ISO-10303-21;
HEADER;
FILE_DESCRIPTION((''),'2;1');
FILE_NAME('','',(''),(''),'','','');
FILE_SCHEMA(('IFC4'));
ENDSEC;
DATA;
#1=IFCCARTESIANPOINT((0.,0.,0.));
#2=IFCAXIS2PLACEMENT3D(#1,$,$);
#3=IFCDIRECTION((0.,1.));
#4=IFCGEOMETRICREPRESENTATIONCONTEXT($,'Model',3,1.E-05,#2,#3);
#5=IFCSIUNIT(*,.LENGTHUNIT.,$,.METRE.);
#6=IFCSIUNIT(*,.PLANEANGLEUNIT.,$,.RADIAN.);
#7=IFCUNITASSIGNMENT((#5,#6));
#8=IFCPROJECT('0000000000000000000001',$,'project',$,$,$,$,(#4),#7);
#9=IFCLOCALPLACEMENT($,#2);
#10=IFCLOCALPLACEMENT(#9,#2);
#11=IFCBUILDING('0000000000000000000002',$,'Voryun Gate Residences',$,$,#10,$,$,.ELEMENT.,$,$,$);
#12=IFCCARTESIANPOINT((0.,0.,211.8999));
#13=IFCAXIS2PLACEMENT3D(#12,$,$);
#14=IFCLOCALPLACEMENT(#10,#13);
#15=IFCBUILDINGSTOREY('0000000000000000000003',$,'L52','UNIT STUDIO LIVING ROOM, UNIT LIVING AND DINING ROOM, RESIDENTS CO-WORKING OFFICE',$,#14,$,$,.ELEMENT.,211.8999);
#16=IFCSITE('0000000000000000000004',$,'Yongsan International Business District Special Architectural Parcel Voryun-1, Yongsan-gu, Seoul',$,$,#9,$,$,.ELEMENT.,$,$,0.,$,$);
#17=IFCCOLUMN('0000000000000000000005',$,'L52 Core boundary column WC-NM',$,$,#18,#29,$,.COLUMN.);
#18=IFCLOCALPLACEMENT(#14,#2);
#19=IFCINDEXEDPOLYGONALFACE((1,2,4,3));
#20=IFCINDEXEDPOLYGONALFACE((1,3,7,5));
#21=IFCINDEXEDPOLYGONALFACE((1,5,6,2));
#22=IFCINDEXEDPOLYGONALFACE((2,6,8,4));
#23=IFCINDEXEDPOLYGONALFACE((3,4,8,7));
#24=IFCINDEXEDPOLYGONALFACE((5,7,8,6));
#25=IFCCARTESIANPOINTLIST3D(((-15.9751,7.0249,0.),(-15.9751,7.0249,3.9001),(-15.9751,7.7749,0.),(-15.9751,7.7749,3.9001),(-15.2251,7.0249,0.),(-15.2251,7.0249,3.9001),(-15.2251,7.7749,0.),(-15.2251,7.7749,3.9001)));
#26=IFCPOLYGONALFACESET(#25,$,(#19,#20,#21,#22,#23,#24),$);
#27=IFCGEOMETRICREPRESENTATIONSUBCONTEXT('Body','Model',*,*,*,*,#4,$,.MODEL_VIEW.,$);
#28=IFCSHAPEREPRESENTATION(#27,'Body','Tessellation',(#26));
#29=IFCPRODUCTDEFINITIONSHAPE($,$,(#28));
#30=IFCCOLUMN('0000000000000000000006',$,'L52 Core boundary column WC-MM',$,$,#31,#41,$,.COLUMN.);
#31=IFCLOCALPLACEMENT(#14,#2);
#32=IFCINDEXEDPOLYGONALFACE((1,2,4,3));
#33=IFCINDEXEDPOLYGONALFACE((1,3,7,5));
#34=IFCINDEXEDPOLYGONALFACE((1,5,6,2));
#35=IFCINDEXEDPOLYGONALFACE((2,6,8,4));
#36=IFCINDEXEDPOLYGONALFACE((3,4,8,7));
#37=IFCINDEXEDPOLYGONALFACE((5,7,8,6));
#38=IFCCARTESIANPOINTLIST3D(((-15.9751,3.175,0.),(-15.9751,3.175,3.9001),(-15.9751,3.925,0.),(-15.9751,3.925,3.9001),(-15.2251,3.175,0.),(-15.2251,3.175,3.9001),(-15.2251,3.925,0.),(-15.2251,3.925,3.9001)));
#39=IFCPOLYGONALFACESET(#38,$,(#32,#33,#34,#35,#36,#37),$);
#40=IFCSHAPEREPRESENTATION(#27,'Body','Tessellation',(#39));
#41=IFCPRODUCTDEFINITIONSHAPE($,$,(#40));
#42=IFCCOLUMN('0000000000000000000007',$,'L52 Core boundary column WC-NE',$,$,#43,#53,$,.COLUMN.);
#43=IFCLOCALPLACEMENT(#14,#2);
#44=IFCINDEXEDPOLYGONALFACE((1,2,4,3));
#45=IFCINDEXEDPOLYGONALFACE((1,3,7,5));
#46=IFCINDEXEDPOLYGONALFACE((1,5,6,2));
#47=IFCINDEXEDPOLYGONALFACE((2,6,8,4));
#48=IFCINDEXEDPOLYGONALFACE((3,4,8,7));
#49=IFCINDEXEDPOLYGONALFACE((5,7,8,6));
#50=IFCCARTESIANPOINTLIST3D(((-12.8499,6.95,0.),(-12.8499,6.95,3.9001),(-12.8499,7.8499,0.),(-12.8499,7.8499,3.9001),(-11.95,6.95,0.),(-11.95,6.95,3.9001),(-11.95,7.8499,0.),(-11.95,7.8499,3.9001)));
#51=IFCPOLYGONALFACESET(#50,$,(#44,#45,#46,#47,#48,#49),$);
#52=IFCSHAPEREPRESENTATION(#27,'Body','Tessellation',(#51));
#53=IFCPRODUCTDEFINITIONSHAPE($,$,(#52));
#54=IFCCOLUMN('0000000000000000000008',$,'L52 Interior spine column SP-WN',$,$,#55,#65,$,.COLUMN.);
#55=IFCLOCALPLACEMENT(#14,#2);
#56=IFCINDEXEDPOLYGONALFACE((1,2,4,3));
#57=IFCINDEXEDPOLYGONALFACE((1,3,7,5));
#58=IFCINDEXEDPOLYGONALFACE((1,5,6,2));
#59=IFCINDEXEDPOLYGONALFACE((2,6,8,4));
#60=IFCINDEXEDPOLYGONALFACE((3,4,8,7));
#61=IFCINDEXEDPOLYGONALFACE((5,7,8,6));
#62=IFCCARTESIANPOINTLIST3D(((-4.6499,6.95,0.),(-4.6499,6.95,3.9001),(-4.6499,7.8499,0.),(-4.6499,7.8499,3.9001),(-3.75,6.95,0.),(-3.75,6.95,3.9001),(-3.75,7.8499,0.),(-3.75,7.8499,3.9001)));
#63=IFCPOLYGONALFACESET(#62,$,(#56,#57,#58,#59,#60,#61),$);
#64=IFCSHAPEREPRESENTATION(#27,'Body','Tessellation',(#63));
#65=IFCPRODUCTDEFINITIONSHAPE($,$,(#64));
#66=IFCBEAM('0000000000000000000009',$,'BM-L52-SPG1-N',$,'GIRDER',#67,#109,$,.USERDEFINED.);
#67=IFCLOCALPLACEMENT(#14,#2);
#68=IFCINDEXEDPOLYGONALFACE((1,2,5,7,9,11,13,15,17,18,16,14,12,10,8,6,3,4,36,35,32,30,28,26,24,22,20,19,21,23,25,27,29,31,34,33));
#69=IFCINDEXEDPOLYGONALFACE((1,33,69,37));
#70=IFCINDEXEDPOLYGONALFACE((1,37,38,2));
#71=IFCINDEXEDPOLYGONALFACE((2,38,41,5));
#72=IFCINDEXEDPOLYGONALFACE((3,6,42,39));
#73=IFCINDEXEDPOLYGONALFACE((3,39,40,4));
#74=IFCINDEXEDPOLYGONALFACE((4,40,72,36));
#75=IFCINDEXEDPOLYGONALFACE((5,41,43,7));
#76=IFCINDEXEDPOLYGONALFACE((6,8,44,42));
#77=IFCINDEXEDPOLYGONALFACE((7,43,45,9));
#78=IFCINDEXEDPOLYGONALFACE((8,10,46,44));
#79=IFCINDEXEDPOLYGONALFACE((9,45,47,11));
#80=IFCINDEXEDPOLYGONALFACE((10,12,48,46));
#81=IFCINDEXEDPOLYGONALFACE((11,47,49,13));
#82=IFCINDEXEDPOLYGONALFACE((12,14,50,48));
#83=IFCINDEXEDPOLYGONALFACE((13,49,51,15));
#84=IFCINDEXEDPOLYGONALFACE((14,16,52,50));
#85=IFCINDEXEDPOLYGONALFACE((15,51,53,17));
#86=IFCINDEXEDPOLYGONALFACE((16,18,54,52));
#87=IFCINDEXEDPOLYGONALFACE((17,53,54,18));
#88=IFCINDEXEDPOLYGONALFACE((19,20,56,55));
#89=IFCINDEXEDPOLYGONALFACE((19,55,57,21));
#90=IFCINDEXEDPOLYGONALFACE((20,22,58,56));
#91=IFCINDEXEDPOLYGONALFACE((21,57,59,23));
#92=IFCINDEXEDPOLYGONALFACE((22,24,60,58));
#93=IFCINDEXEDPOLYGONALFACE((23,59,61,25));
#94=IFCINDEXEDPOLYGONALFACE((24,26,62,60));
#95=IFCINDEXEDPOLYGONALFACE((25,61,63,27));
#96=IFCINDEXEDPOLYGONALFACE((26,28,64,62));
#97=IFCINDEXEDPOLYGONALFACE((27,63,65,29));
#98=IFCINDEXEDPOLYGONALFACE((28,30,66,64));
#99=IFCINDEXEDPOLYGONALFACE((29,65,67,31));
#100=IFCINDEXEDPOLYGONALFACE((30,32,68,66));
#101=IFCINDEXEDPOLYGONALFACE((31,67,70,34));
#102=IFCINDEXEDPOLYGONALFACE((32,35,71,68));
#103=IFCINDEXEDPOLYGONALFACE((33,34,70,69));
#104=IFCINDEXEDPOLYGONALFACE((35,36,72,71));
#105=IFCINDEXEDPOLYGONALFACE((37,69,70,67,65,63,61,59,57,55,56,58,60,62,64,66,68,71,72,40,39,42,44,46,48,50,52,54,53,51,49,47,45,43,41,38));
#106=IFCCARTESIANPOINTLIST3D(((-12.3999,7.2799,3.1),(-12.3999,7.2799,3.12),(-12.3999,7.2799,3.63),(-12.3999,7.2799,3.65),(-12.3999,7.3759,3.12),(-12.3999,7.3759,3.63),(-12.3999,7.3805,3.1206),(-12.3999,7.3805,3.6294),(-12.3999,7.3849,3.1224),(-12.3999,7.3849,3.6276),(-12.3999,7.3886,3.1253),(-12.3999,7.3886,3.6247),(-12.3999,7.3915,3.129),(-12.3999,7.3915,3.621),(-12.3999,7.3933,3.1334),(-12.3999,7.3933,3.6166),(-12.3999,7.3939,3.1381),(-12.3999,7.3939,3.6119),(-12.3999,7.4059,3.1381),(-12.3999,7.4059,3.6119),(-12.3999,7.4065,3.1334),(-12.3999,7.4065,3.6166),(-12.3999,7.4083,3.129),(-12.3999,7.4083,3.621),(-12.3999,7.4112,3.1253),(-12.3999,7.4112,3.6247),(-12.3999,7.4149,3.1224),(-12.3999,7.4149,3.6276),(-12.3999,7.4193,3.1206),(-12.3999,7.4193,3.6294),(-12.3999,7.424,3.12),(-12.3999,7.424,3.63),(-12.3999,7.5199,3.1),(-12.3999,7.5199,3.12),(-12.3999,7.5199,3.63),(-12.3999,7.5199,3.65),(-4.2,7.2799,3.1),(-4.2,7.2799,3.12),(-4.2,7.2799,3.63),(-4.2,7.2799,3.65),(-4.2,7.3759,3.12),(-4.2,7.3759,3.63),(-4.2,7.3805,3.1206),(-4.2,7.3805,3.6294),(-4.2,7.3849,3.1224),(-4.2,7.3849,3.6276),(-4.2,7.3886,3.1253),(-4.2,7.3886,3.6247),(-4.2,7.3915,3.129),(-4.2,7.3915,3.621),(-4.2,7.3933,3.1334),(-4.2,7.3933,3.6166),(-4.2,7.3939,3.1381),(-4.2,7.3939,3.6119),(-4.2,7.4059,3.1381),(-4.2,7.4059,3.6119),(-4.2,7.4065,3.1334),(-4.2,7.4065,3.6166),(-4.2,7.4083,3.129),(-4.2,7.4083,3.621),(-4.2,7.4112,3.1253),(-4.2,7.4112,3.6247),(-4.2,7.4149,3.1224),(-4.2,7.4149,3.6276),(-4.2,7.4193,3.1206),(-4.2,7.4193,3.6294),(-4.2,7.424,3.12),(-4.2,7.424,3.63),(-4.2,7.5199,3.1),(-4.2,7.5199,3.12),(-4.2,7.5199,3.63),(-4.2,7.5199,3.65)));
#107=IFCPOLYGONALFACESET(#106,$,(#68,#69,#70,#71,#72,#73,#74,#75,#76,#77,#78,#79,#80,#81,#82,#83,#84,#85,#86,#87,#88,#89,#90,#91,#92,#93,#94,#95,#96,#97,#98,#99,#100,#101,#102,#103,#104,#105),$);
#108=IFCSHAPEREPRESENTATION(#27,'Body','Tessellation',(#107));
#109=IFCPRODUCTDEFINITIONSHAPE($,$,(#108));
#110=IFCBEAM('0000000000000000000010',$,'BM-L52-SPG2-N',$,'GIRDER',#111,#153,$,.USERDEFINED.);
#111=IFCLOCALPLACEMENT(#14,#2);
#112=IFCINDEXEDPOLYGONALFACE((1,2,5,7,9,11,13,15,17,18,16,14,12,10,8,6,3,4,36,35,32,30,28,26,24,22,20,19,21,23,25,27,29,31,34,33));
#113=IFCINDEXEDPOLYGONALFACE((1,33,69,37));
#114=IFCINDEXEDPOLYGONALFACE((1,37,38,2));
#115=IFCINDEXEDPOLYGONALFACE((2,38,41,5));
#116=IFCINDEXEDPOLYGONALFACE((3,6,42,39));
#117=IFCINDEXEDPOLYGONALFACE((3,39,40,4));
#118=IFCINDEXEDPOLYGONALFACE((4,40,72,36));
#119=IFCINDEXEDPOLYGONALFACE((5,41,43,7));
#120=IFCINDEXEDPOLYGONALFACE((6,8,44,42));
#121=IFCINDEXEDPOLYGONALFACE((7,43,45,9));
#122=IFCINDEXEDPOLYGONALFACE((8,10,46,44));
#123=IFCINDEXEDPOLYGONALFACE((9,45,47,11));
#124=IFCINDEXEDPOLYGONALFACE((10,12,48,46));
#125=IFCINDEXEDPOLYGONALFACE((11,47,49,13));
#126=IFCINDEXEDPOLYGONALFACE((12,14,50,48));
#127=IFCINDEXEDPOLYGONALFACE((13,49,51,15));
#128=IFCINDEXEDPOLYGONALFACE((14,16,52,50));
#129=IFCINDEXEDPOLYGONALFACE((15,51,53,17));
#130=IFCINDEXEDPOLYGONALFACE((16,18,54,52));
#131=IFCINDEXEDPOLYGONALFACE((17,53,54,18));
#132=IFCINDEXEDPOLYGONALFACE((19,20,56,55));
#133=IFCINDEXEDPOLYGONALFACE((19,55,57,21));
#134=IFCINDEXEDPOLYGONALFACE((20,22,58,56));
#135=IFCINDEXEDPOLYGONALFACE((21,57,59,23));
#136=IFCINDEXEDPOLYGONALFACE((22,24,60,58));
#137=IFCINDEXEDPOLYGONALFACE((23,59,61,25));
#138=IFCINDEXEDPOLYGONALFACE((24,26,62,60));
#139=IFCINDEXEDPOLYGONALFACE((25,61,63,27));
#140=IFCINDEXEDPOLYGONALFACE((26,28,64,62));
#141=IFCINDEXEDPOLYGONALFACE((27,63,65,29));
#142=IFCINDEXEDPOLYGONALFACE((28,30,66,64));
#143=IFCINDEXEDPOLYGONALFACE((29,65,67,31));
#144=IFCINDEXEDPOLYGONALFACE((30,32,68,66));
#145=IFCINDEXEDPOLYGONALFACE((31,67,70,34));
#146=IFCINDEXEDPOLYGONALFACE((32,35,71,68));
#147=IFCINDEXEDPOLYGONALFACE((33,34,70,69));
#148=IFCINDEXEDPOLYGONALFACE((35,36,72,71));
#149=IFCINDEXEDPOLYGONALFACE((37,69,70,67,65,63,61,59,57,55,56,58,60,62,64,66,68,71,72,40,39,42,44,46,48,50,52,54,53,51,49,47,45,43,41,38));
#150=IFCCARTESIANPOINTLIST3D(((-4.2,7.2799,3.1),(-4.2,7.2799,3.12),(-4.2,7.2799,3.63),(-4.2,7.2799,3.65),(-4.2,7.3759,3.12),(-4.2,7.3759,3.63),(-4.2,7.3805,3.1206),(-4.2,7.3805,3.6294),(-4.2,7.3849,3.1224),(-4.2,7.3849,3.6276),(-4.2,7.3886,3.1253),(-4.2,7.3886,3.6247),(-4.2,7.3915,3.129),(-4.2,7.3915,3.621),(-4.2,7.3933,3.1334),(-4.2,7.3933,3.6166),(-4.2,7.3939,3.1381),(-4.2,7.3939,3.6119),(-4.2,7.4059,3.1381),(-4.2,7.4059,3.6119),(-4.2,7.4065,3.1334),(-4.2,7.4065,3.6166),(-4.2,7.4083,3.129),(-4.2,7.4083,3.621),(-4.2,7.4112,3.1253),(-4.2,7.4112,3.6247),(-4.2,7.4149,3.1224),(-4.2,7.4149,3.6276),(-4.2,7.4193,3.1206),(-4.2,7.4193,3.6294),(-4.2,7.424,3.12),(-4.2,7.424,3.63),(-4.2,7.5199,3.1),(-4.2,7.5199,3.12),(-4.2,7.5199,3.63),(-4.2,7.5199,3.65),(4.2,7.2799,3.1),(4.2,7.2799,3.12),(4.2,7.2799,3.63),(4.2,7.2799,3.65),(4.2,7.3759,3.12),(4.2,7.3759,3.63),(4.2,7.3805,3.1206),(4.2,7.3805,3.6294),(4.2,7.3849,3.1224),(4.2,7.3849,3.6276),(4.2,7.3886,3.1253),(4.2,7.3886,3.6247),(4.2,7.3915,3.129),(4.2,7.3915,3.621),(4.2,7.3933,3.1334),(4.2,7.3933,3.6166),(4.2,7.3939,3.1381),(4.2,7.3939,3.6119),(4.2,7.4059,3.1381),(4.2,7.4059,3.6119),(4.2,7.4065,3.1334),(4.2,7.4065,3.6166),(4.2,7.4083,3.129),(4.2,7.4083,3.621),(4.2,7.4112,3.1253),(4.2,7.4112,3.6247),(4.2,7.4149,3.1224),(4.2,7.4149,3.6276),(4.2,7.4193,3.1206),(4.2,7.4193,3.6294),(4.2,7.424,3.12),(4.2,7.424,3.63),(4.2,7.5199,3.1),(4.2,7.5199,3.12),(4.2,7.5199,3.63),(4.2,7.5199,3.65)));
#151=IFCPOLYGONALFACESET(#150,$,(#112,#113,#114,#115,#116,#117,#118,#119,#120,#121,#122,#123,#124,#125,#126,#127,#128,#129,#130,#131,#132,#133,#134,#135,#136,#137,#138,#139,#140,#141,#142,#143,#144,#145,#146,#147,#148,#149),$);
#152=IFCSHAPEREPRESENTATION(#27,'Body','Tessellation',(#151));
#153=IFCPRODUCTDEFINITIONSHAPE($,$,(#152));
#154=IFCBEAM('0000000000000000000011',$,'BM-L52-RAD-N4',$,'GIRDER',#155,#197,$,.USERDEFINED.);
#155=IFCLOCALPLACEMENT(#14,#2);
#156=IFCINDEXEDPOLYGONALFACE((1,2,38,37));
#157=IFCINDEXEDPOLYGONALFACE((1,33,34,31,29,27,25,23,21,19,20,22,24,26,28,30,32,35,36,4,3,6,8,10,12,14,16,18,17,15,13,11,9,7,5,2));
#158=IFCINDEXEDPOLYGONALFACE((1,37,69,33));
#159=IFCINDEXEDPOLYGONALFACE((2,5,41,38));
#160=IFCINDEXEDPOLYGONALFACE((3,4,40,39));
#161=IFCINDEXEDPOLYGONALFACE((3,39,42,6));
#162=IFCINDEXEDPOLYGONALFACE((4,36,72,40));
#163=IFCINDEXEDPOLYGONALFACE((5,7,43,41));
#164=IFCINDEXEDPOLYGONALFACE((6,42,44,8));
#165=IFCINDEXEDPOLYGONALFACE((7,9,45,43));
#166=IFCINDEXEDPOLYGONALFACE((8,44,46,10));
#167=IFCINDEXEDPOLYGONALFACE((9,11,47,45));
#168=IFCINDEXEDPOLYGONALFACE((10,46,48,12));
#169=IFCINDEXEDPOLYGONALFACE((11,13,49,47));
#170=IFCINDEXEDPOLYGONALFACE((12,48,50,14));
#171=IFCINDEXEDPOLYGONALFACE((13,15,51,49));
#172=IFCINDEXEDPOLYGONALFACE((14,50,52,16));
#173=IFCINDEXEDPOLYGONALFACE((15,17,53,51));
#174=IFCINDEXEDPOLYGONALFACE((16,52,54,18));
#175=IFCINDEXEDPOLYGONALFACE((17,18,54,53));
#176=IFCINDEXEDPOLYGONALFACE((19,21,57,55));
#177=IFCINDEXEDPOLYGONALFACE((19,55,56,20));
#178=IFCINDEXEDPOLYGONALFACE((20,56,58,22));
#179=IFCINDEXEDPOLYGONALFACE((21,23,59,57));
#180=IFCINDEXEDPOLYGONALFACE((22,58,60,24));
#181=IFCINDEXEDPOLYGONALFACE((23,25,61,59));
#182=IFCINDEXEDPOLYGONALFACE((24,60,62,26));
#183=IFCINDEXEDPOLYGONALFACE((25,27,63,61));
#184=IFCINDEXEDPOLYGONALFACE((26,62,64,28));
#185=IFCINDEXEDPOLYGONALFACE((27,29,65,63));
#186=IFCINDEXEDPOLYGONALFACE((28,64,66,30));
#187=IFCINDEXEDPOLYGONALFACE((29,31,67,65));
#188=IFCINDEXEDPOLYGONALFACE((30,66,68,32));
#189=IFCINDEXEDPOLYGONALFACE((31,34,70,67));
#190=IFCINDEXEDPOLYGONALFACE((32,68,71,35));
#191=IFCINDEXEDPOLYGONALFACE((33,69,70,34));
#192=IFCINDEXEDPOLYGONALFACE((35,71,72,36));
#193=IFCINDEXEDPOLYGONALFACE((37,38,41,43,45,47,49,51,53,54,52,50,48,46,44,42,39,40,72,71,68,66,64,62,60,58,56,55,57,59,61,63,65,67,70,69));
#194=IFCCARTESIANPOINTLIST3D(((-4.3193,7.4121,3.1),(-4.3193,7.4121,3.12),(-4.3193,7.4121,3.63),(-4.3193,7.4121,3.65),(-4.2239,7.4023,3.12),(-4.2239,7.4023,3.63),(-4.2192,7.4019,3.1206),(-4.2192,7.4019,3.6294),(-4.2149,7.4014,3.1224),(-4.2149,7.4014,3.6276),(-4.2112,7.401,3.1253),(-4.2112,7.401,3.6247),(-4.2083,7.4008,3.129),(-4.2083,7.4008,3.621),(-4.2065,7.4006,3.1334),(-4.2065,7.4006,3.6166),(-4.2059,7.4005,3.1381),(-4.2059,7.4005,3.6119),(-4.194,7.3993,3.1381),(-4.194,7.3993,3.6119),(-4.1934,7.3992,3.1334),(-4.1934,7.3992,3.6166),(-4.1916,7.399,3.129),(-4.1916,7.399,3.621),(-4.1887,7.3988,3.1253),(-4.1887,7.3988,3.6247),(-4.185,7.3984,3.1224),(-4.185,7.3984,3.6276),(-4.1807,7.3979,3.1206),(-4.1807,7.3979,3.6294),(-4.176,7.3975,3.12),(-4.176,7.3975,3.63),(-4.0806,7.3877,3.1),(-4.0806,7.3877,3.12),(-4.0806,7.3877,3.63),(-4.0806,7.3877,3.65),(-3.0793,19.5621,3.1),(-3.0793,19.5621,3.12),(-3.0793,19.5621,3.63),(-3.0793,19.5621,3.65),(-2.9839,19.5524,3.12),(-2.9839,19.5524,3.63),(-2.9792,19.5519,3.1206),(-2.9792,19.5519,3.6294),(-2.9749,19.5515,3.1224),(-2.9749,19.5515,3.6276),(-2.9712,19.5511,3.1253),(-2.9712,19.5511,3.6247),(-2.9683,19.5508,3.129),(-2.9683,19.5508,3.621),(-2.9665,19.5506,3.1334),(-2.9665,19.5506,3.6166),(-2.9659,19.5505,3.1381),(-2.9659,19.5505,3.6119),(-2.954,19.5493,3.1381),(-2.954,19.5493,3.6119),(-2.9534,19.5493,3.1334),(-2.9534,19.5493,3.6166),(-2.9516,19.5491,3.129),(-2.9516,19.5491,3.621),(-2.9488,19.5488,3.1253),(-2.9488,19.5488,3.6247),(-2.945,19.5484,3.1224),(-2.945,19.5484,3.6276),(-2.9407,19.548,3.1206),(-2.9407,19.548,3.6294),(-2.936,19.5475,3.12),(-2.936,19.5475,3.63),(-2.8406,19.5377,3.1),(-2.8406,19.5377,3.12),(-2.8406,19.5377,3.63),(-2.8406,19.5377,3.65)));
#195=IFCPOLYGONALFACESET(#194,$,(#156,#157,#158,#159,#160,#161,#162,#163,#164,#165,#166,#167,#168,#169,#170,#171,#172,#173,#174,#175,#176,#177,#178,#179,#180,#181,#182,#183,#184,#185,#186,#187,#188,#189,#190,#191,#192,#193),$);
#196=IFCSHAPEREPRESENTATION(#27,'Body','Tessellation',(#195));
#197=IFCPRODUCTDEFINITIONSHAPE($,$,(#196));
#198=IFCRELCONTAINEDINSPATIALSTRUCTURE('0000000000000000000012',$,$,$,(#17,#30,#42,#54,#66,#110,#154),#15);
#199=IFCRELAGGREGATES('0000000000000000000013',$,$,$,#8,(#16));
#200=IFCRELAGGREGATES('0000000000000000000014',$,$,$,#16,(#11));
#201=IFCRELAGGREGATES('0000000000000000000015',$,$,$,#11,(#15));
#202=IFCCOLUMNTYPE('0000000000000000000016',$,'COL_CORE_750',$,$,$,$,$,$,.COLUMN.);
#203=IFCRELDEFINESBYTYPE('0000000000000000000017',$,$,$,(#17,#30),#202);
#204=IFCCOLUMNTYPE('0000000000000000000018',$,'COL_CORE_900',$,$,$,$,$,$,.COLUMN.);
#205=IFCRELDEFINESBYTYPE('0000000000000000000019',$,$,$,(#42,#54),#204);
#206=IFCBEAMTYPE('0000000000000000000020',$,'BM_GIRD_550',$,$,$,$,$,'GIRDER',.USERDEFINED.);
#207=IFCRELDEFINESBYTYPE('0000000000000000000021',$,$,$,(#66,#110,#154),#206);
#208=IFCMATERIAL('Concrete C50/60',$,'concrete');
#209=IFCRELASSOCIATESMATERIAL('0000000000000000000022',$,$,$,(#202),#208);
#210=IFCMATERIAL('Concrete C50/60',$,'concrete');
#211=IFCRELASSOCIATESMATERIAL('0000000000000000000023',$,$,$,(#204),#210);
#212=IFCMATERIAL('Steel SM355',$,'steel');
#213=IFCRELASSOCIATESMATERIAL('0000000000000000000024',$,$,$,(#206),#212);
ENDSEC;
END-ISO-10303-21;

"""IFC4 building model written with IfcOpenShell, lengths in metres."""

from ifc_helpers import new_model, si_unit, direction, frame, origin, origin_2d, place, context, subcontext, project, spatial, rectangle, i_section, extrude, material, material_profile, profile_set, type_object, element, save


model = new_model("IFC4")

# Units and contexts
model_context = context("Model", 3, precision=1e-05, world=origin(), true_north=direction((0.0, 1.0)))
body_context = subcontext(model_context, "Body", "Model", "MODEL_VIEW")
ifc_project = project(units=[si_unit("LENGTHUNIT", "METRE"), si_unit("PLANEANGLEUNIT", "RADIAN")], contexts=[model_context])

# Site, building, storey
site_placement = place(None, origin())
site = spatial("IfcSite", under=ifc_project, at=site_placement, Name="Yongsan International Business District Special Architectural Parcel Voryun-1, Yongsan-gu, Seoul", CompositionType="ELEMENT", RefElevation=0.0)
building_placement = place(site_placement, origin())
building = spatial("IfcBuilding", under=site, at=building_placement, Name="Voryun Gate Residences", CompositionType="ELEMENT")
storey_placement = place(building_placement, frame((0.0, 0.0, 211.8999)))
storey = spatial("IfcBuildingStorey", under=building, at=storey_placement, Name="L52", Description="UNIT STUDIO LIVING ROOM, UNIT LIVING AND DINING ROOM, RESIDENTS CO-WORKING OFFICE", CompositionType="ELEMENT", Elevation=211.8999)

# Columns
ifc_material_1 = material(Name="Concrete C50/60", Category="concrete")
ifc_material_profile_1 = material_profile(ifc_material_1, rectangle(XDim=0.75, YDim=0.75, at=origin_2d()), Name="RC-750x750")
ifc_profile_set_1 = profile_set([ifc_material_profile_1], Name="Concrete C50/60")
column_type_1 = type_object("IfcColumnType", Name="COL_CORE_750", PredefinedType="COLUMN", material=ifc_profile_set_1)
for number, where, z_axis, x_axis, name in (
    (1, (-15.6001, 7.3999, 0.0), (0.0, 0.0, 1.0), (1.0, 0.0, 0.0), "L52 Core boundary column WC-NM"),
    (2, (-15.6001, 3.55, 0.0), (0.0, 0.0, 1.0), (1.0, 0.0, 0.0), "L52 Core boundary column WC-MM"),
):
    element("IfcColumn", number, at=place(storey_placement, frame(where, z_axis=z_axis, x_axis=x_axis)), inside=storey, type_object=column_type_1, Name=name, PredefinedType="COLUMN", context=body_context, shape_type="SweptSolid", body=[
        extrude(rectangle(XDim=0.75, YDim=0.75, at=origin_2d()), origin(), (0.0, 0.0, 1.0), 3.9001),
    ])
ifc_material_2 = material(Name="Concrete C50/60", Category="concrete")
ifc_material_profile_2 = material_profile(ifc_material_2, rectangle(XDim=0.8999, YDim=0.8999, at=origin_2d()), Name="RC-900x900")
ifc_profile_set_2 = profile_set([ifc_material_profile_2], Name="Concrete C50/60")
column_type_2 = type_object("IfcColumnType", Name="COL_CORE_900", PredefinedType="COLUMN", material=ifc_profile_set_2)
for number, where, z_axis, x_axis, name in (
    (3, (-12.3999, 7.3999, 0.0), (0.0, 0.0, 1.0), (1.0, 0.0, 0.0), "L52 Core boundary column WC-NE"),
    (4, (-4.2, 7.3999, 0.0), (0.0, 0.0, 1.0), (1.0, 0.0, 0.0), "L52 Interior spine column SP-WN"),
):
    element("IfcColumn", number, at=place(storey_placement, frame(where, z_axis=z_axis, x_axis=x_axis)), inside=storey, type_object=column_type_2, Name=name, PredefinedType="COLUMN", context=body_context, shape_type="SweptSolid", body=[
        extrude(rectangle(XDim=0.8999, YDim=0.8999, at=origin_2d()), origin(), (0.0, 0.0, 1.0), 3.9001),
    ])

# Beams
ifc_material_3 = material(Name="Steel SM355", Category="steel")
ifc_material_profile_3 = material_profile(ifc_material_3, i_section(OverallWidth=0.24, OverallDepth=0.55, WebThickness=0.012, FlangeThickness=0.02, FilletRadius=0.0181, at=origin_2d()), Name="H-550x240x12x20")
ifc_profile_set_3 = profile_set([ifc_material_profile_3], Name="Steel SM355")
beam_type_1 = type_object("IfcBeamType", Name="BM_GIRD_550", ElementType="GIRDER", PredefinedType="USERDEFINED", material=ifc_profile_set_3)
beam_1_placement = place(storey_placement, frame((-12.3999, 7.3999, 3.375), z_axis=(1.0, 0.0, 0.0), x_axis=(0.0, 1.0, 0.0)))
element("IfcBeam", 5, at=beam_1_placement, inside=storey, type_object=beam_type_1, Name="BM-L52-SPG1-N", ObjectType="GIRDER", PredefinedType="USERDEFINED", context=body_context, shape_type="SweptSolid", body=[
    extrude(i_section(OverallWidth=0.24, OverallDepth=0.55, WebThickness=0.012, FlangeThickness=0.02, FilletRadius=0.0181, at=origin_2d()), origin(), (0.0, 0.0, 1.0), 8.2),
])
beam_2_placement = place(storey_placement, frame((-4.2, 7.3999, 3.375), z_axis=(1.0, 0.0, 0.0), x_axis=(0.0, 1.0, 0.0)))
element("IfcBeam", 6, at=beam_2_placement, inside=storey, type_object=beam_type_1, Name="BM-L52-SPG2-N", ObjectType="GIRDER", PredefinedType="USERDEFINED", context=body_context, shape_type="SweptSolid", body=[
    extrude(i_section(OverallWidth=0.24, OverallDepth=0.55, WebThickness=0.012, FlangeThickness=0.02, FilletRadius=0.0181, at=origin_2d()), origin(), (0.0, 0.0, 1.0), 8.3999),
])
beam_3_placement = place(storey_placement, frame((-4.2, 7.3999, 3.375), z_axis=(0.101528, 0.994833, 0.0), x_axis=(-0.994833, 0.101528, 0.0)))
element("IfcBeam", 7, at=beam_3_placement, inside=storey, type_object=beam_type_1, Name="BM-L52-RAD-N4", ObjectType="GIRDER", PredefinedType="USERDEFINED", context=body_context, shape_type="SweptSolid", body=[
    extrude(i_section(OverallWidth=0.24, OverallDepth=0.55, WebThickness=0.012, FlangeThickness=0.02, FilletRadius=0.0181, at=origin_2d()), origin(), (0.0, 0.0, 1.0), 12.2131),
])

save(model, "model.ifc")
